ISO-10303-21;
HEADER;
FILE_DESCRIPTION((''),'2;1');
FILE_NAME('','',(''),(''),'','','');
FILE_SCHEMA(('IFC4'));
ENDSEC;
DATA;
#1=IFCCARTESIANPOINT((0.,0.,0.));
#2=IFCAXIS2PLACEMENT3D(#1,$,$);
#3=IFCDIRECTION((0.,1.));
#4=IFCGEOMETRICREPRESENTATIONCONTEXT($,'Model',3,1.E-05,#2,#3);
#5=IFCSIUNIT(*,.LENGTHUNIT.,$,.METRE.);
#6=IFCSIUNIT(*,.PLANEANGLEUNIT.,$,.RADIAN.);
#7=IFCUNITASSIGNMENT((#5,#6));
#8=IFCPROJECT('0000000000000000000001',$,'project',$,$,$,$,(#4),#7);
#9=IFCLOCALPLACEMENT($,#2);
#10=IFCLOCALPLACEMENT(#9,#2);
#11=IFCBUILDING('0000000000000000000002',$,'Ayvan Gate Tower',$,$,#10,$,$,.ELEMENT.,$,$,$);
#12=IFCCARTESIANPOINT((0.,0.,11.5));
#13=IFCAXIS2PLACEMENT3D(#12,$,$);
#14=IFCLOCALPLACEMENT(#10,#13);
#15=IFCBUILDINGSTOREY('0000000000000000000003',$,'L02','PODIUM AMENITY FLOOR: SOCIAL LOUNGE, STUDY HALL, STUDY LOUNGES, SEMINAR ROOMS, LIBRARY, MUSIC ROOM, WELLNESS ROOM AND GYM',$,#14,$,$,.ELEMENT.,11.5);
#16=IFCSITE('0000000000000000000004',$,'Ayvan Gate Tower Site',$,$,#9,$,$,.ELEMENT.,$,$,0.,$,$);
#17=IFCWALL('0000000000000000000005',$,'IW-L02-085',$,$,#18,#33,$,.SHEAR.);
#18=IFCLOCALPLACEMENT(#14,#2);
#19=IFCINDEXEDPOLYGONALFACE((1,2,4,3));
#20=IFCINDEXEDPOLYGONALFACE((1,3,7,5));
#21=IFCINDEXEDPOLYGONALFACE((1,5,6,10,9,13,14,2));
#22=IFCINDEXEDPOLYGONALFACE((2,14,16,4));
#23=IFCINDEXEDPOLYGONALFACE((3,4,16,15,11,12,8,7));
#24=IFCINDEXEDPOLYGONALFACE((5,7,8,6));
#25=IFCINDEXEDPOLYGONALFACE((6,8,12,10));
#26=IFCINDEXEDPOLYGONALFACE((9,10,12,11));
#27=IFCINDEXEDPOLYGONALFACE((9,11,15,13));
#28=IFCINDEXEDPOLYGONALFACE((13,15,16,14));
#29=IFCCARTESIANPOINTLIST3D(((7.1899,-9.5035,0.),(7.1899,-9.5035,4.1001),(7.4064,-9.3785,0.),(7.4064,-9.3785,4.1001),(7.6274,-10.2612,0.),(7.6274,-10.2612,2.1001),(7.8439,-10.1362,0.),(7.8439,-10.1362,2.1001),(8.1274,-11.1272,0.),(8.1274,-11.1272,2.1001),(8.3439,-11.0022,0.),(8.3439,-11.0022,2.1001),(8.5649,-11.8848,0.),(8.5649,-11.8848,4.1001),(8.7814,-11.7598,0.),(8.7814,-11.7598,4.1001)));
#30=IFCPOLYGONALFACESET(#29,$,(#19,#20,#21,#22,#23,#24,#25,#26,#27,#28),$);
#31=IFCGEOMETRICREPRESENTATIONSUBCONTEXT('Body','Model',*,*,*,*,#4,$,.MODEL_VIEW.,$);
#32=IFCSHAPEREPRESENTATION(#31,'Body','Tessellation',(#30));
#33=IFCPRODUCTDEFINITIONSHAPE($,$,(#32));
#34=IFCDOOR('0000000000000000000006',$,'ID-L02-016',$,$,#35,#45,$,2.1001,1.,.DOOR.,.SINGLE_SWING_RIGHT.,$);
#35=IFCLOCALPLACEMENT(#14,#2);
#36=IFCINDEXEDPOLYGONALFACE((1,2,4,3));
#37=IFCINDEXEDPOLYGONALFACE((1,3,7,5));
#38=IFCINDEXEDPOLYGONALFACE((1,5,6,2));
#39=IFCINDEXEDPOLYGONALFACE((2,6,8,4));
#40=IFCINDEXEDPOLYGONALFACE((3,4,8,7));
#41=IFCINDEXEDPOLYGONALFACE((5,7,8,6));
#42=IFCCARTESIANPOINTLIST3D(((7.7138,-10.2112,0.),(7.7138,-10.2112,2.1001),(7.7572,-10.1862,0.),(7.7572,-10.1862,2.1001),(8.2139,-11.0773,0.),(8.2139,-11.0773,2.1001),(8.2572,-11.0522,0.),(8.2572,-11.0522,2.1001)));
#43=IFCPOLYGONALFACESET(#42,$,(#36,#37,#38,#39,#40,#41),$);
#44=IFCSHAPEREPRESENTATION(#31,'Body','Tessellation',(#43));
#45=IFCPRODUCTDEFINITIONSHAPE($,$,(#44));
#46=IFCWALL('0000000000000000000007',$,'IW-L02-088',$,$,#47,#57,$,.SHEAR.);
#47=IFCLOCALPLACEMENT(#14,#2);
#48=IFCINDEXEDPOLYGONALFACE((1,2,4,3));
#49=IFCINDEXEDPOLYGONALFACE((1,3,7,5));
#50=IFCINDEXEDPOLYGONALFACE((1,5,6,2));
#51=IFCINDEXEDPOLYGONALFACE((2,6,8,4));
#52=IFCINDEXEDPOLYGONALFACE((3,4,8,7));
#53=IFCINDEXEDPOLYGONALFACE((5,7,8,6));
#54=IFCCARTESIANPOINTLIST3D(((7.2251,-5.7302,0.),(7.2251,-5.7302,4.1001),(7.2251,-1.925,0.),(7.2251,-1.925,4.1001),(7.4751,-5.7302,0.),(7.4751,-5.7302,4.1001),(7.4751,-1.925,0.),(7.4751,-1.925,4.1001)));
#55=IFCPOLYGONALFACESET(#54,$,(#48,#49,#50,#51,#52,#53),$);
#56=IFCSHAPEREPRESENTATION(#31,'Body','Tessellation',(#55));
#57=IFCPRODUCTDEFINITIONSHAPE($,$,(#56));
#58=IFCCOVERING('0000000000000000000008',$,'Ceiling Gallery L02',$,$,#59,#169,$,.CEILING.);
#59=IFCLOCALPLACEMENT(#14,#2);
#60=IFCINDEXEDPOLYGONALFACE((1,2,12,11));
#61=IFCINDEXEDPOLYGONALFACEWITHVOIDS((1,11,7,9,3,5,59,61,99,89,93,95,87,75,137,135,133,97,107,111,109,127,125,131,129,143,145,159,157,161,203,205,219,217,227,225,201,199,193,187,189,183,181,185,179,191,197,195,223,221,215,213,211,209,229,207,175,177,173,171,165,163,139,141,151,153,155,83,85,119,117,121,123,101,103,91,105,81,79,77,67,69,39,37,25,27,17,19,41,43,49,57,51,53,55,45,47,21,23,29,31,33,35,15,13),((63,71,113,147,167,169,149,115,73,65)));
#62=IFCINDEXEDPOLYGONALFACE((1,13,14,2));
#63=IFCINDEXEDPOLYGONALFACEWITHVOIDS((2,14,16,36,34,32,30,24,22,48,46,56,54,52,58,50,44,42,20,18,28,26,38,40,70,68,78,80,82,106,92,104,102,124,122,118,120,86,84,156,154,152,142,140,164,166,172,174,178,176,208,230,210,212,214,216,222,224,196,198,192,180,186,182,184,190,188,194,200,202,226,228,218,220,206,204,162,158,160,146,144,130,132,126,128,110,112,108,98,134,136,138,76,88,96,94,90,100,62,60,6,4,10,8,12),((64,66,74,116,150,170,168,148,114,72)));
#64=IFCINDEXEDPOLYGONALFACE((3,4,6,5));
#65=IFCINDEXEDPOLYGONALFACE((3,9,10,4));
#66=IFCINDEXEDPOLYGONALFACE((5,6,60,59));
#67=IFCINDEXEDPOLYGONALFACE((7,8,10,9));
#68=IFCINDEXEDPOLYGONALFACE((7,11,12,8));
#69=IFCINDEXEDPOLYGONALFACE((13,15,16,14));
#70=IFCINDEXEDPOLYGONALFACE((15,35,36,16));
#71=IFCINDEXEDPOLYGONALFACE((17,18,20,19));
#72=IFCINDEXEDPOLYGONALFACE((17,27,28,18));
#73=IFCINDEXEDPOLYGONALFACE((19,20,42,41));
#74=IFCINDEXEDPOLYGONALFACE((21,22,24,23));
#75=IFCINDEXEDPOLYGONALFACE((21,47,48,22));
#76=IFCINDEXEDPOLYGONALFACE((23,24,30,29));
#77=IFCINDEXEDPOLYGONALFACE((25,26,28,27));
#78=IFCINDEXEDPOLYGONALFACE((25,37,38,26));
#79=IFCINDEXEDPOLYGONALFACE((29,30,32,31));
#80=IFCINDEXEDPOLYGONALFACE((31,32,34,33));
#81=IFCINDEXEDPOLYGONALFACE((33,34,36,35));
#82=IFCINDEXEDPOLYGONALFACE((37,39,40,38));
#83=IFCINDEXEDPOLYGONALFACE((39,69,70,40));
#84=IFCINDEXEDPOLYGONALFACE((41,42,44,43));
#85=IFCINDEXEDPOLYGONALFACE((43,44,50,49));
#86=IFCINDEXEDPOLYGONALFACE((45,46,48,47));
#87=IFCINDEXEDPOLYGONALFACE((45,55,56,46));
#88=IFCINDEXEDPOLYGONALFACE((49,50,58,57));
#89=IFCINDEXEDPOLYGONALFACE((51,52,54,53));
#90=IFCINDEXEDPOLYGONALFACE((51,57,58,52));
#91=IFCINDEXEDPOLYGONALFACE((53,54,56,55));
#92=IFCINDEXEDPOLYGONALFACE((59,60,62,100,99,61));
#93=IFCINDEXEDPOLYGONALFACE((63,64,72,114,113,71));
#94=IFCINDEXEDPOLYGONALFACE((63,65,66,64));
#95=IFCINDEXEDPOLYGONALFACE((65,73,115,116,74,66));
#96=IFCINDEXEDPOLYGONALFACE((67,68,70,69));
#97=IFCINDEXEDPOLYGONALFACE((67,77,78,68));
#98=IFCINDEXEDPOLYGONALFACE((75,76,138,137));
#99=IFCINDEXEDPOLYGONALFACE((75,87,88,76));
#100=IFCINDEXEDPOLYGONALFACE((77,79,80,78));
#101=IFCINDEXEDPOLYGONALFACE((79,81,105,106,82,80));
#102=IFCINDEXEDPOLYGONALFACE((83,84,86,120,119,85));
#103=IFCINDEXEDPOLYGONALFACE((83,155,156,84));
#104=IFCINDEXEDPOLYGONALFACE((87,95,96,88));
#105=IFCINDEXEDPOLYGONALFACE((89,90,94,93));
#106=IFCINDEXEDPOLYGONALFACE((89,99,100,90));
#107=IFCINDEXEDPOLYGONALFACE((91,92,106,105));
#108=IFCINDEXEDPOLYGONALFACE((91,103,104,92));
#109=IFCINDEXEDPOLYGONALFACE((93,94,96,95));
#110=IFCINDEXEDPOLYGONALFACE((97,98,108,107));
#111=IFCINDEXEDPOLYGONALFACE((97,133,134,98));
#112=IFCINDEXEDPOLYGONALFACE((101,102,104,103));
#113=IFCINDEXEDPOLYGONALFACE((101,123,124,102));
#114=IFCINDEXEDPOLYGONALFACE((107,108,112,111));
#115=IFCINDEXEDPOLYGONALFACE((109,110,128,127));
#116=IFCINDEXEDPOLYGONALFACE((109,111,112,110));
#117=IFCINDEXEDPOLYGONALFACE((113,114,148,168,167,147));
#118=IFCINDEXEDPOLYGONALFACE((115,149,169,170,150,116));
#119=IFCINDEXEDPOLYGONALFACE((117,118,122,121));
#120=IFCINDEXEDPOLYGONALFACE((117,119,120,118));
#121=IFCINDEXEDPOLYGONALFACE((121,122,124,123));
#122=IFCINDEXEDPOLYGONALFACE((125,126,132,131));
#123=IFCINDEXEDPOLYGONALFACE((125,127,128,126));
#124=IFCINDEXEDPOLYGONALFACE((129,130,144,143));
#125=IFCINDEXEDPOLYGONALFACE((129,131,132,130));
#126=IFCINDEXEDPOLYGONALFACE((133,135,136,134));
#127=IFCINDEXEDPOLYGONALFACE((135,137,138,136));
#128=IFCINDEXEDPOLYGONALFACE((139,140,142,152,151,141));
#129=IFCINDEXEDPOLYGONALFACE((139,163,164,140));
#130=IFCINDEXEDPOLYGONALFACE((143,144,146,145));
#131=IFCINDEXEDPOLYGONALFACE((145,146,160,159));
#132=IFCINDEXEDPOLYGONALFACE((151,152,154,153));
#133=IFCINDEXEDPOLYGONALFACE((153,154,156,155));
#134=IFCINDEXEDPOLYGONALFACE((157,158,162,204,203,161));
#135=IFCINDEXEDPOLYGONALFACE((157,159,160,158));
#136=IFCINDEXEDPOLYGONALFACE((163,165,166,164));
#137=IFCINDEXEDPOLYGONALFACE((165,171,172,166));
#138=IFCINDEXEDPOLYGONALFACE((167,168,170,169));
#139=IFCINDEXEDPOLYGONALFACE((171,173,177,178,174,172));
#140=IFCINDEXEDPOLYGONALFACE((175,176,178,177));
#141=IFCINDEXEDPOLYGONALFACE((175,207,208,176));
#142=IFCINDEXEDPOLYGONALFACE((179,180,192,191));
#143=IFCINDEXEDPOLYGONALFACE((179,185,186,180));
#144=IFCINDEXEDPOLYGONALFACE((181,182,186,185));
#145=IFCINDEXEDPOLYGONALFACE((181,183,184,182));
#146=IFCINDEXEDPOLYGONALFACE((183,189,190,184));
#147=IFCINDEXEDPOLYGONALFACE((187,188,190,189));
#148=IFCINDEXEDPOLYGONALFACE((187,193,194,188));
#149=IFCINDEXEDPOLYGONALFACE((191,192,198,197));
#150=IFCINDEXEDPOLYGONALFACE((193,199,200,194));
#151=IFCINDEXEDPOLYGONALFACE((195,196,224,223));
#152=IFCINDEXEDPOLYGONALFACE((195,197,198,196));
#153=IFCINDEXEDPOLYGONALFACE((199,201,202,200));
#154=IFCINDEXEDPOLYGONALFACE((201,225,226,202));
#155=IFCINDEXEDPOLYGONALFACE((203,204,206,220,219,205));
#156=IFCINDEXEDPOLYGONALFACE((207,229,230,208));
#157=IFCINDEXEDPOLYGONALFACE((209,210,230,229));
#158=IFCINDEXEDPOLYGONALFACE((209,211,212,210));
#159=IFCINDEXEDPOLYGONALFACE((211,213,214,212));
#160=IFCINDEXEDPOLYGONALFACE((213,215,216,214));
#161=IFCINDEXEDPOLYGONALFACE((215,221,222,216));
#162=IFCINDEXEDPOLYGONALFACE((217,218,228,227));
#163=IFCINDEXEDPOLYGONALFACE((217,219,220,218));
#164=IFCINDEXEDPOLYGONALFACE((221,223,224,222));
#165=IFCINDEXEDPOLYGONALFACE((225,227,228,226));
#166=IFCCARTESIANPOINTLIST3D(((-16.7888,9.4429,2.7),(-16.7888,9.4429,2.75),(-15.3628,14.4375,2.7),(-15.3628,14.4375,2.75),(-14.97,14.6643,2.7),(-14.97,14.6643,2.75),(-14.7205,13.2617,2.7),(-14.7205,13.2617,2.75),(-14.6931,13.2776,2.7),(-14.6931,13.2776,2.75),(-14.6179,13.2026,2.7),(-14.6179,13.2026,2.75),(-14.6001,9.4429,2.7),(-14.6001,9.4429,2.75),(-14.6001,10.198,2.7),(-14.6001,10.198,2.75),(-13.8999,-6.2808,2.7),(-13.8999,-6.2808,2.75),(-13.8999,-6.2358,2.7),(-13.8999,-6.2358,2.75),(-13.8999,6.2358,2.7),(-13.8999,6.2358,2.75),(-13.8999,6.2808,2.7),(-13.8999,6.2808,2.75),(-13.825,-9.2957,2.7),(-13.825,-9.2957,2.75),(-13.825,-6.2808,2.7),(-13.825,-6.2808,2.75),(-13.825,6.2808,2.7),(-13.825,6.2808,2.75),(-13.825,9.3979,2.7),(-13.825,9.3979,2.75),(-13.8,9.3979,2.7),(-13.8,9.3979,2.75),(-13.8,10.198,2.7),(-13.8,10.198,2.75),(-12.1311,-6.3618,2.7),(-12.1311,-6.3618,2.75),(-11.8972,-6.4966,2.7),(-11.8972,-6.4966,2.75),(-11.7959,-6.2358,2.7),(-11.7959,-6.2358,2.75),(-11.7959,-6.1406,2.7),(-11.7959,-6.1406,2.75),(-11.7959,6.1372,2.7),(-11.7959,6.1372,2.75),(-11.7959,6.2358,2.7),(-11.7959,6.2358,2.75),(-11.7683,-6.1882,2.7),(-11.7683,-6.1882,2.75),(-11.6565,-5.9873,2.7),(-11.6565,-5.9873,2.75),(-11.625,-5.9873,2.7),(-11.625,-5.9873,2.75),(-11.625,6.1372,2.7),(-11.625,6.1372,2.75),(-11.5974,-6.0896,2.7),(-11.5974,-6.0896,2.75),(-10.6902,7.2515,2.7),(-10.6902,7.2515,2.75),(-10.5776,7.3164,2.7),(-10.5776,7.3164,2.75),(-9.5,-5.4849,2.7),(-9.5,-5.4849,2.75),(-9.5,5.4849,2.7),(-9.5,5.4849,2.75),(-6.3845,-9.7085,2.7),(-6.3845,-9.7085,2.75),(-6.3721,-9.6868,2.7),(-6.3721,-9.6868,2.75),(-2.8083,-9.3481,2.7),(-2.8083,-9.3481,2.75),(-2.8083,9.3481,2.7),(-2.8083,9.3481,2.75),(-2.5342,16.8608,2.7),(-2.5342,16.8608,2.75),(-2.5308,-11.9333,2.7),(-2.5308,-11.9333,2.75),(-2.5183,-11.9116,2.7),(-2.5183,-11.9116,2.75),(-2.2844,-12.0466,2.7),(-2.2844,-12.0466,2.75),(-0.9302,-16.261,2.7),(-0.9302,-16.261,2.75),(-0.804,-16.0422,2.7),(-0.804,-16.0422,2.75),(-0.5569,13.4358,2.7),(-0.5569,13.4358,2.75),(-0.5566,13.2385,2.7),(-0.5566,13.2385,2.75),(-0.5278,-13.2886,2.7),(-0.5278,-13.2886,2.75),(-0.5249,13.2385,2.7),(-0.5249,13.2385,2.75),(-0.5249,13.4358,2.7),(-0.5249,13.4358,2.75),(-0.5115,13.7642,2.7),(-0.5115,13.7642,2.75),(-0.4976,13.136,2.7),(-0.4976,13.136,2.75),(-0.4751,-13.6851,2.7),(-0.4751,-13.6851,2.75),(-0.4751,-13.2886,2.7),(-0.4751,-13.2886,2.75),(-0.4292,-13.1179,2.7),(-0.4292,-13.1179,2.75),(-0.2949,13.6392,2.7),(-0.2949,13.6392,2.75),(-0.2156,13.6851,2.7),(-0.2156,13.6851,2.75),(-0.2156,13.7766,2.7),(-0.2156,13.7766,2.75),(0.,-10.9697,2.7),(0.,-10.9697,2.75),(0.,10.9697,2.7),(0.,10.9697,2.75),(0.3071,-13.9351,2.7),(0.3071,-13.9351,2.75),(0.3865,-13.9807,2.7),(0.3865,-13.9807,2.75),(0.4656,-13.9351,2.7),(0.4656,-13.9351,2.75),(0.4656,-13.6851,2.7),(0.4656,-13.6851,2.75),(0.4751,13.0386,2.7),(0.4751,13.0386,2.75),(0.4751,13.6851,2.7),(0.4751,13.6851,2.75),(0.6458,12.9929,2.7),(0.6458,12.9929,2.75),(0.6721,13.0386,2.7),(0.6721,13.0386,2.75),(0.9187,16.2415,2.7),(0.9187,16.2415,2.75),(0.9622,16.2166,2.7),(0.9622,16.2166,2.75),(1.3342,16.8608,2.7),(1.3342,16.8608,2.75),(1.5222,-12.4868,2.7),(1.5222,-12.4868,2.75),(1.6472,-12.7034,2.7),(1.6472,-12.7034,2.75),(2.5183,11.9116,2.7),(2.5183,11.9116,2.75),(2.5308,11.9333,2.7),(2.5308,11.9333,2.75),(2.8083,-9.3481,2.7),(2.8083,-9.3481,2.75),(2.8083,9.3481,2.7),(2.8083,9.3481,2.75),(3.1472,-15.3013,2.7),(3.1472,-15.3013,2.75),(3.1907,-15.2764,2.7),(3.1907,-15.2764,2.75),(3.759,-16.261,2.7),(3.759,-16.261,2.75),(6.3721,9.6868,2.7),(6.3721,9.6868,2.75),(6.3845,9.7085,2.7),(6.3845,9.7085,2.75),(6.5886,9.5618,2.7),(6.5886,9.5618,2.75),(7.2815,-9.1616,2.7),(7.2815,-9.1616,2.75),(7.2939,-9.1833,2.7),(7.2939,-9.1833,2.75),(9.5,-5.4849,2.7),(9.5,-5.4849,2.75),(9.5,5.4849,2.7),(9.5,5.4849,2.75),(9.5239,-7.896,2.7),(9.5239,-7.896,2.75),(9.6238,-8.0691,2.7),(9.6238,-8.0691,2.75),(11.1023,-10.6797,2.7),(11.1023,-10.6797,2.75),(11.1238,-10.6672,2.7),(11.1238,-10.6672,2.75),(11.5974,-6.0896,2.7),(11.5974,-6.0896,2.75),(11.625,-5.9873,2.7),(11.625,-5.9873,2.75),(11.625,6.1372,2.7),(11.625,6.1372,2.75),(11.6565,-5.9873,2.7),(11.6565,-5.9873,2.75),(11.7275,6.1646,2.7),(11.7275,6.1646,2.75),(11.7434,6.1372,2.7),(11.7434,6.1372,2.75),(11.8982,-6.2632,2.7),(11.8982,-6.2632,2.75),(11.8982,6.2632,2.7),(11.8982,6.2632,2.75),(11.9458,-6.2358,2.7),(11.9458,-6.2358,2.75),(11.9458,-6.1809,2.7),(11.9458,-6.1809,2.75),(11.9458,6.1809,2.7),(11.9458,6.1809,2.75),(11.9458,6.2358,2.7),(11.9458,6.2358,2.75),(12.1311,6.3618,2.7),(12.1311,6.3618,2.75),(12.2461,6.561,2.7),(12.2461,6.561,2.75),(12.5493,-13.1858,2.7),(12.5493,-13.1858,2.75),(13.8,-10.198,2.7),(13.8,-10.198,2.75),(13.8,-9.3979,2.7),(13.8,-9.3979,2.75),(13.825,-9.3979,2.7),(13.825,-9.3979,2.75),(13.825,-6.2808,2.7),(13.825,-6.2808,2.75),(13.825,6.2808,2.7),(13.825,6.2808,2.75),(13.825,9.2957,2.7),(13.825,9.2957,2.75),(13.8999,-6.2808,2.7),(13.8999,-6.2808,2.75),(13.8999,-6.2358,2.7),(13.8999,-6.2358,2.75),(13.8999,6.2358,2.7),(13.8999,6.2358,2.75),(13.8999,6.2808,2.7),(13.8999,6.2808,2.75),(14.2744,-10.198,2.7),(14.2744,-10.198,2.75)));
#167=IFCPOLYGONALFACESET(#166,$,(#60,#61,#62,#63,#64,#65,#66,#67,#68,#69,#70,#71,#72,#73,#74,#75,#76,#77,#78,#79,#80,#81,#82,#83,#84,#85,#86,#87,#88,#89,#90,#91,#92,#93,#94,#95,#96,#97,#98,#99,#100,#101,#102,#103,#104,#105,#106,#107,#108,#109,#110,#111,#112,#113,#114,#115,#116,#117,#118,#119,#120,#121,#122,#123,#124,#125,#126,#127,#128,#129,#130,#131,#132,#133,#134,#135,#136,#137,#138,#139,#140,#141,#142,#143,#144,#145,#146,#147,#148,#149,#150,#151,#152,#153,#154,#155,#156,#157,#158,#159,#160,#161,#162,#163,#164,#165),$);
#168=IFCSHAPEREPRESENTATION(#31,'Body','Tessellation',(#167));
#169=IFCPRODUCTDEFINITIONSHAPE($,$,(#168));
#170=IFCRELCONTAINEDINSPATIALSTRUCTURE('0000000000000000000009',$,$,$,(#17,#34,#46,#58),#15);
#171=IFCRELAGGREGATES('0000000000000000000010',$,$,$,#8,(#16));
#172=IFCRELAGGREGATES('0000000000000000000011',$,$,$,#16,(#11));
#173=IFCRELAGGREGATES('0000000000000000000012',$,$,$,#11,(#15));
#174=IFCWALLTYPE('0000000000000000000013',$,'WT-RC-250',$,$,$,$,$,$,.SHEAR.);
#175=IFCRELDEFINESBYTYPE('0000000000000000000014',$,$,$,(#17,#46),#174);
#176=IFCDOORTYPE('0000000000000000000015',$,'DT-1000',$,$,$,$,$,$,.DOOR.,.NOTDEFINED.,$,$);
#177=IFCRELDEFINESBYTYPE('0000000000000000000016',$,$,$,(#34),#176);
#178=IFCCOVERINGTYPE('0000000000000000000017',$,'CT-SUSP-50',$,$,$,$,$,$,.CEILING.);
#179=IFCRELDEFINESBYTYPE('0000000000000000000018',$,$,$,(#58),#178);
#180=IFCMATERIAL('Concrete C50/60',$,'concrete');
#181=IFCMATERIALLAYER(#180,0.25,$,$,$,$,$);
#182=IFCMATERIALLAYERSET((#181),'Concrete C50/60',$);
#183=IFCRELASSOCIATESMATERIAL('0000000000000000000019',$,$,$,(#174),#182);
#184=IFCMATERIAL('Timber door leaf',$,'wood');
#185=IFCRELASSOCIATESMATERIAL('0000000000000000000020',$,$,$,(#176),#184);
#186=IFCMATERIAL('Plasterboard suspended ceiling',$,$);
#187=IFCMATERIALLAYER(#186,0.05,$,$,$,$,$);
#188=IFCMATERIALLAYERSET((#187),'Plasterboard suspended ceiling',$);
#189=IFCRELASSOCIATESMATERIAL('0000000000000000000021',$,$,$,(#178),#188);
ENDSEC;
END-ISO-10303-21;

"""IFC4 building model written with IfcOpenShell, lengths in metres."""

from ifc_helpers import new_model, si_unit, direction, frame, frame_2d, origin, place, context, subcontext, project, spatial, polyline, rectangle, outline, extrude, material, layer, layer_set, type_object, element, fill, save


model = new_model("IFC4")

# Units and contexts
model_context = context("Model", 3, precision=1e-05, world=origin(), true_north=direction((0.0, 1.0)))
body_context = subcontext(model_context, "Body", "Model", "MODEL_VIEW")
ifc_project = project(units=[si_unit("LENGTHUNIT", "METRE"), si_unit("PLANEANGLEUNIT", "RADIAN")], contexts=[model_context])

# Site, building, storey
site_placement = place(None, origin())
site = spatial("IfcSite", under=ifc_project, at=site_placement, Name="Ayvan Gate Tower Site", CompositionType="ELEMENT", RefElevation=0.0)
building_placement = place(site_placement, origin())
building = spatial("IfcBuilding", under=site, at=building_placement, Name="Ayvan Gate Tower", CompositionType="ELEMENT")
storey_placement = place(building_placement, frame((0.0, 0.0, 11.5)))
storey = spatial("IfcBuildingStorey", under=building, at=storey_placement, Name="L02", Description="PODIUM AMENITY FLOOR: SOCIAL LOUNGE, STUDY HALL, STUDY LOUNGES, SEMINAR ROOMS, LIBRARY, MUSIC ROOM, WELLNESS ROOM AND GYM", CompositionType="ELEMENT", Elevation=11.5)

# Shared definitions
ifc_material_1 = material(Name="Concrete C50/60", Category="concrete")
ifc_layer_1 = layer(ifc_material_1, 0.25)
ifc_layer_set_1 = layer_set([ifc_layer_1], Name="Concrete C50/60")
wall_type_1 = type_object("IfcWallType", Name="WT-RC-250", PredefinedType="SHEAR", material=ifc_layer_set_1)

# Shared definitions
ifc_material_2 = material(Name="Timber door leaf", Category="wood")
door_type = type_object("IfcDoorType", Name="DT-1000", OperationType="NOTDEFINED", PredefinedType="DOOR", material=ifc_material_2)

# Wall, opening, door
wall_1_placement = place(storey_placement, frame((7.2981, -9.4409, 0.0), z_axis=(0.0, 0.0, 1.0), x_axis=(0.500035, -0.866005, 0.0)))
wall_1 = element("IfcWall", 1, at=wall_1_placement, inside=storey, type_object=wall_type_1, Name="IW-L02-085", PredefinedType="SHEAR", context=body_context, shape_type="SweptSolid", body=[
    extrude(rectangle(XDim=2.7498, YDim=0.25, at=frame_2d((1.375, 0.0))), origin(), (0.0, 0.0, 1.0), 4.1001),
])
opening_1_placement = place(wall_1_placement, frame((0.875, 0.0, 0.0)))
opening_1 = element("IfcOpeningElement", 2, at=opening_1_placement, cuts=wall_1, PredefinedType="OPENING", context=body_context, shape_type="SweptSolid", body=[
    extrude(rectangle(XDim=1.0, YDim=2.1001, at=frame_2d((0.5, 1.05))), frame((0.0, 0.135, 0.0), z_axis=(0.0, -1.0, 0.0), x_axis=(1.0, 0.0, 0.0)), (0.0, 0.0, 1.0), 0.27),
])
door_1_placement = place(opening_1_placement, origin())
door_1 = element("IfcDoor", 3, at=door_1_placement, inside=storey, type_object=door_type, Name="ID-L02-016", OperationType="SINGLE_SWING_RIGHT", OverallHeight=2.1001, OverallWidth=1.0, PredefinedType="DOOR", context=body_context, shape_type="SweptSolid", body=[
    extrude(rectangle(XDim=1.0, YDim=2.1001, at=frame_2d((0.5, 1.05))), frame((0.0, 0.0249, 0.0), z_axis=(0.0, -1.0, 0.0), x_axis=(1.0, 0.0, 0.0)), (0.0, 0.0, 1.0), 0.05),
])
fill(opening_1, door_1)

# Wall
wall_2_placement = place(storey_placement, frame((7.3501, -1.925, 0.0), z_axis=(0.0, 0.0, 1.0), x_axis=(0.0, -1.0, 0.0)))
element("IfcWall", 4, at=wall_2_placement, inside=storey, type_object=wall_type_1, Name="IW-L02-088", PredefinedType="SHEAR", context=body_context, shape_type="SweptSolid", body=[
    extrude(rectangle(XDim=3.8052, YDim=0.25, at=frame_2d((1.9026, 0.0))), origin(), (0.0, 0.0, 1.0), 4.1001),
])

# Covering
ifc_material_3 = material(Name="Plasterboard suspended ceiling")
ifc_layer_2 = layer(ifc_material_3, 0.05)
ifc_layer_set_2 = layer_set([ifc_layer_2], Name="Plasterboard suspended ceiling")
covering_type = type_object("IfcCoveringType", Name="CT-SUSP-50", PredefinedType="CEILING", material=ifc_layer_set_2)
covering_1_placement = place(storey_placement, frame((0.0, 0.0, 2.7)))
element("IfcCovering", 5, at=covering_1_placement, inside=storey, type_object=covering_type, Name="Ceiling Gallery L02", PredefinedType="CEILING", context=body_context, shape_type="SweptSolid", body=[
    extrude(outline(polyline([(-14.6179, 13.2026), (-14.7205, 13.2617), (-14.6931, 13.2776), (-15.3628, 14.4375), (-14.97, 14.6643), (-10.6902, 7.2515), (-10.5776, 7.3164), (-0.4976, 13.136), (-0.5566, 13.2385), (-0.5249, 13.2385), (-0.5249, 13.4358), (-0.5569, 13.4358), (-2.5342, 16.8608), (1.3342, 16.8608), (0.9622, 16.2166), (0.9187, 16.2415), (-0.5115, 13.7642), (-0.2949, 13.6392), (-0.2156, 13.7766), (-0.2156, 13.6851), (0.4751, 13.6851), (0.4751, 13.0386), (0.6721, 13.0386), (0.6458, 12.9929), (2.5183, 11.9116), (2.5308, 11.9333), (6.3845, 9.7085), (6.3721, 9.6868), (6.5886, 9.5618), (12.1311, 6.3618), (12.2461, 6.561), (13.825, 9.2957), (13.825, 6.2808), (13.8999, 6.2808), (13.8999, 6.2358), (11.9458, 6.2358), (11.9458, 6.1809), (11.8982, 6.2632), (11.7275, 6.1646), (11.7434, 6.1372), (11.625, 6.1372), (11.625, -5.9873), (11.6565, -5.9873), (11.5974, -6.0896), (11.8982, -6.2632), (11.9458, -6.1809), (11.9458, -6.2358), (13.8999, -6.2358), (13.8999, -6.2808), (13.825, -6.2808), (13.825, -9.3979), (13.8, -9.3979), (13.8, -10.198), (14.2744, -10.198), (12.5493, -13.1858), (11.1023, -10.6797), (11.1238, -10.6672), (9.6238, -8.0691), (9.5239, -7.896), (7.2939, -9.1833), (7.2815, -9.1616), (1.5222, -12.4868), (1.6472, -12.7034), (3.1472, -15.3013), (3.1907, -15.2764), (3.759, -16.261), (-0.9302, -16.261), (-0.804, -16.0422), (0.3865, -13.9807), (0.3071, -13.9351), (0.4656, -13.9351), (0.4656, -13.6851), (-0.4751, -13.6851), (-0.4751, -13.2886), (-0.5278, -13.2886), (-0.4292, -13.1179), (-2.2844, -12.0466), (-2.5183, -11.9116), (-2.5308, -11.9333), (-6.3845, -9.7085), (-6.3721, -9.6868), (-11.8972, -6.4966), (-12.1311, -6.3618), (-13.825, -9.2957), (-13.825, -6.2808), (-13.8999, -6.2808), (-13.8999, -6.2358), (-11.7959, -6.2358), (-11.7959, -6.1406), (-11.7683, -6.1882), (-11.5974, -6.0896), (-11.6565, -5.9873), (-11.625, -5.9873), (-11.625, 6.1372), (-11.7959, 6.1372), (-11.7959, 6.2358), (-13.8999, 6.2358), (-13.8999, 6.2808), (-13.825, 6.2808), (-13.825, 9.3979), (-13.8, 9.3979), (-13.8, 10.198), (-14.6001, 10.198), (-14.6001, 9.4429), (-16.7888, 9.4429), (-14.6179, 13.2026)]), holes=[polyline([(2.8083, 9.3481), (0.0, 10.9697), (-2.8083, 9.3481), (-9.5, 5.4849), (-9.5, -5.4849), (-2.8083, -9.3481), (0.0, -10.9697), (2.8083, -9.3481), (9.5, -5.4849), (9.5, 5.4849), (2.8083, 9.3481)])]), origin(), (0.0, 0.0, 1.0), 0.05),
])

save(model, "model.ifc")
